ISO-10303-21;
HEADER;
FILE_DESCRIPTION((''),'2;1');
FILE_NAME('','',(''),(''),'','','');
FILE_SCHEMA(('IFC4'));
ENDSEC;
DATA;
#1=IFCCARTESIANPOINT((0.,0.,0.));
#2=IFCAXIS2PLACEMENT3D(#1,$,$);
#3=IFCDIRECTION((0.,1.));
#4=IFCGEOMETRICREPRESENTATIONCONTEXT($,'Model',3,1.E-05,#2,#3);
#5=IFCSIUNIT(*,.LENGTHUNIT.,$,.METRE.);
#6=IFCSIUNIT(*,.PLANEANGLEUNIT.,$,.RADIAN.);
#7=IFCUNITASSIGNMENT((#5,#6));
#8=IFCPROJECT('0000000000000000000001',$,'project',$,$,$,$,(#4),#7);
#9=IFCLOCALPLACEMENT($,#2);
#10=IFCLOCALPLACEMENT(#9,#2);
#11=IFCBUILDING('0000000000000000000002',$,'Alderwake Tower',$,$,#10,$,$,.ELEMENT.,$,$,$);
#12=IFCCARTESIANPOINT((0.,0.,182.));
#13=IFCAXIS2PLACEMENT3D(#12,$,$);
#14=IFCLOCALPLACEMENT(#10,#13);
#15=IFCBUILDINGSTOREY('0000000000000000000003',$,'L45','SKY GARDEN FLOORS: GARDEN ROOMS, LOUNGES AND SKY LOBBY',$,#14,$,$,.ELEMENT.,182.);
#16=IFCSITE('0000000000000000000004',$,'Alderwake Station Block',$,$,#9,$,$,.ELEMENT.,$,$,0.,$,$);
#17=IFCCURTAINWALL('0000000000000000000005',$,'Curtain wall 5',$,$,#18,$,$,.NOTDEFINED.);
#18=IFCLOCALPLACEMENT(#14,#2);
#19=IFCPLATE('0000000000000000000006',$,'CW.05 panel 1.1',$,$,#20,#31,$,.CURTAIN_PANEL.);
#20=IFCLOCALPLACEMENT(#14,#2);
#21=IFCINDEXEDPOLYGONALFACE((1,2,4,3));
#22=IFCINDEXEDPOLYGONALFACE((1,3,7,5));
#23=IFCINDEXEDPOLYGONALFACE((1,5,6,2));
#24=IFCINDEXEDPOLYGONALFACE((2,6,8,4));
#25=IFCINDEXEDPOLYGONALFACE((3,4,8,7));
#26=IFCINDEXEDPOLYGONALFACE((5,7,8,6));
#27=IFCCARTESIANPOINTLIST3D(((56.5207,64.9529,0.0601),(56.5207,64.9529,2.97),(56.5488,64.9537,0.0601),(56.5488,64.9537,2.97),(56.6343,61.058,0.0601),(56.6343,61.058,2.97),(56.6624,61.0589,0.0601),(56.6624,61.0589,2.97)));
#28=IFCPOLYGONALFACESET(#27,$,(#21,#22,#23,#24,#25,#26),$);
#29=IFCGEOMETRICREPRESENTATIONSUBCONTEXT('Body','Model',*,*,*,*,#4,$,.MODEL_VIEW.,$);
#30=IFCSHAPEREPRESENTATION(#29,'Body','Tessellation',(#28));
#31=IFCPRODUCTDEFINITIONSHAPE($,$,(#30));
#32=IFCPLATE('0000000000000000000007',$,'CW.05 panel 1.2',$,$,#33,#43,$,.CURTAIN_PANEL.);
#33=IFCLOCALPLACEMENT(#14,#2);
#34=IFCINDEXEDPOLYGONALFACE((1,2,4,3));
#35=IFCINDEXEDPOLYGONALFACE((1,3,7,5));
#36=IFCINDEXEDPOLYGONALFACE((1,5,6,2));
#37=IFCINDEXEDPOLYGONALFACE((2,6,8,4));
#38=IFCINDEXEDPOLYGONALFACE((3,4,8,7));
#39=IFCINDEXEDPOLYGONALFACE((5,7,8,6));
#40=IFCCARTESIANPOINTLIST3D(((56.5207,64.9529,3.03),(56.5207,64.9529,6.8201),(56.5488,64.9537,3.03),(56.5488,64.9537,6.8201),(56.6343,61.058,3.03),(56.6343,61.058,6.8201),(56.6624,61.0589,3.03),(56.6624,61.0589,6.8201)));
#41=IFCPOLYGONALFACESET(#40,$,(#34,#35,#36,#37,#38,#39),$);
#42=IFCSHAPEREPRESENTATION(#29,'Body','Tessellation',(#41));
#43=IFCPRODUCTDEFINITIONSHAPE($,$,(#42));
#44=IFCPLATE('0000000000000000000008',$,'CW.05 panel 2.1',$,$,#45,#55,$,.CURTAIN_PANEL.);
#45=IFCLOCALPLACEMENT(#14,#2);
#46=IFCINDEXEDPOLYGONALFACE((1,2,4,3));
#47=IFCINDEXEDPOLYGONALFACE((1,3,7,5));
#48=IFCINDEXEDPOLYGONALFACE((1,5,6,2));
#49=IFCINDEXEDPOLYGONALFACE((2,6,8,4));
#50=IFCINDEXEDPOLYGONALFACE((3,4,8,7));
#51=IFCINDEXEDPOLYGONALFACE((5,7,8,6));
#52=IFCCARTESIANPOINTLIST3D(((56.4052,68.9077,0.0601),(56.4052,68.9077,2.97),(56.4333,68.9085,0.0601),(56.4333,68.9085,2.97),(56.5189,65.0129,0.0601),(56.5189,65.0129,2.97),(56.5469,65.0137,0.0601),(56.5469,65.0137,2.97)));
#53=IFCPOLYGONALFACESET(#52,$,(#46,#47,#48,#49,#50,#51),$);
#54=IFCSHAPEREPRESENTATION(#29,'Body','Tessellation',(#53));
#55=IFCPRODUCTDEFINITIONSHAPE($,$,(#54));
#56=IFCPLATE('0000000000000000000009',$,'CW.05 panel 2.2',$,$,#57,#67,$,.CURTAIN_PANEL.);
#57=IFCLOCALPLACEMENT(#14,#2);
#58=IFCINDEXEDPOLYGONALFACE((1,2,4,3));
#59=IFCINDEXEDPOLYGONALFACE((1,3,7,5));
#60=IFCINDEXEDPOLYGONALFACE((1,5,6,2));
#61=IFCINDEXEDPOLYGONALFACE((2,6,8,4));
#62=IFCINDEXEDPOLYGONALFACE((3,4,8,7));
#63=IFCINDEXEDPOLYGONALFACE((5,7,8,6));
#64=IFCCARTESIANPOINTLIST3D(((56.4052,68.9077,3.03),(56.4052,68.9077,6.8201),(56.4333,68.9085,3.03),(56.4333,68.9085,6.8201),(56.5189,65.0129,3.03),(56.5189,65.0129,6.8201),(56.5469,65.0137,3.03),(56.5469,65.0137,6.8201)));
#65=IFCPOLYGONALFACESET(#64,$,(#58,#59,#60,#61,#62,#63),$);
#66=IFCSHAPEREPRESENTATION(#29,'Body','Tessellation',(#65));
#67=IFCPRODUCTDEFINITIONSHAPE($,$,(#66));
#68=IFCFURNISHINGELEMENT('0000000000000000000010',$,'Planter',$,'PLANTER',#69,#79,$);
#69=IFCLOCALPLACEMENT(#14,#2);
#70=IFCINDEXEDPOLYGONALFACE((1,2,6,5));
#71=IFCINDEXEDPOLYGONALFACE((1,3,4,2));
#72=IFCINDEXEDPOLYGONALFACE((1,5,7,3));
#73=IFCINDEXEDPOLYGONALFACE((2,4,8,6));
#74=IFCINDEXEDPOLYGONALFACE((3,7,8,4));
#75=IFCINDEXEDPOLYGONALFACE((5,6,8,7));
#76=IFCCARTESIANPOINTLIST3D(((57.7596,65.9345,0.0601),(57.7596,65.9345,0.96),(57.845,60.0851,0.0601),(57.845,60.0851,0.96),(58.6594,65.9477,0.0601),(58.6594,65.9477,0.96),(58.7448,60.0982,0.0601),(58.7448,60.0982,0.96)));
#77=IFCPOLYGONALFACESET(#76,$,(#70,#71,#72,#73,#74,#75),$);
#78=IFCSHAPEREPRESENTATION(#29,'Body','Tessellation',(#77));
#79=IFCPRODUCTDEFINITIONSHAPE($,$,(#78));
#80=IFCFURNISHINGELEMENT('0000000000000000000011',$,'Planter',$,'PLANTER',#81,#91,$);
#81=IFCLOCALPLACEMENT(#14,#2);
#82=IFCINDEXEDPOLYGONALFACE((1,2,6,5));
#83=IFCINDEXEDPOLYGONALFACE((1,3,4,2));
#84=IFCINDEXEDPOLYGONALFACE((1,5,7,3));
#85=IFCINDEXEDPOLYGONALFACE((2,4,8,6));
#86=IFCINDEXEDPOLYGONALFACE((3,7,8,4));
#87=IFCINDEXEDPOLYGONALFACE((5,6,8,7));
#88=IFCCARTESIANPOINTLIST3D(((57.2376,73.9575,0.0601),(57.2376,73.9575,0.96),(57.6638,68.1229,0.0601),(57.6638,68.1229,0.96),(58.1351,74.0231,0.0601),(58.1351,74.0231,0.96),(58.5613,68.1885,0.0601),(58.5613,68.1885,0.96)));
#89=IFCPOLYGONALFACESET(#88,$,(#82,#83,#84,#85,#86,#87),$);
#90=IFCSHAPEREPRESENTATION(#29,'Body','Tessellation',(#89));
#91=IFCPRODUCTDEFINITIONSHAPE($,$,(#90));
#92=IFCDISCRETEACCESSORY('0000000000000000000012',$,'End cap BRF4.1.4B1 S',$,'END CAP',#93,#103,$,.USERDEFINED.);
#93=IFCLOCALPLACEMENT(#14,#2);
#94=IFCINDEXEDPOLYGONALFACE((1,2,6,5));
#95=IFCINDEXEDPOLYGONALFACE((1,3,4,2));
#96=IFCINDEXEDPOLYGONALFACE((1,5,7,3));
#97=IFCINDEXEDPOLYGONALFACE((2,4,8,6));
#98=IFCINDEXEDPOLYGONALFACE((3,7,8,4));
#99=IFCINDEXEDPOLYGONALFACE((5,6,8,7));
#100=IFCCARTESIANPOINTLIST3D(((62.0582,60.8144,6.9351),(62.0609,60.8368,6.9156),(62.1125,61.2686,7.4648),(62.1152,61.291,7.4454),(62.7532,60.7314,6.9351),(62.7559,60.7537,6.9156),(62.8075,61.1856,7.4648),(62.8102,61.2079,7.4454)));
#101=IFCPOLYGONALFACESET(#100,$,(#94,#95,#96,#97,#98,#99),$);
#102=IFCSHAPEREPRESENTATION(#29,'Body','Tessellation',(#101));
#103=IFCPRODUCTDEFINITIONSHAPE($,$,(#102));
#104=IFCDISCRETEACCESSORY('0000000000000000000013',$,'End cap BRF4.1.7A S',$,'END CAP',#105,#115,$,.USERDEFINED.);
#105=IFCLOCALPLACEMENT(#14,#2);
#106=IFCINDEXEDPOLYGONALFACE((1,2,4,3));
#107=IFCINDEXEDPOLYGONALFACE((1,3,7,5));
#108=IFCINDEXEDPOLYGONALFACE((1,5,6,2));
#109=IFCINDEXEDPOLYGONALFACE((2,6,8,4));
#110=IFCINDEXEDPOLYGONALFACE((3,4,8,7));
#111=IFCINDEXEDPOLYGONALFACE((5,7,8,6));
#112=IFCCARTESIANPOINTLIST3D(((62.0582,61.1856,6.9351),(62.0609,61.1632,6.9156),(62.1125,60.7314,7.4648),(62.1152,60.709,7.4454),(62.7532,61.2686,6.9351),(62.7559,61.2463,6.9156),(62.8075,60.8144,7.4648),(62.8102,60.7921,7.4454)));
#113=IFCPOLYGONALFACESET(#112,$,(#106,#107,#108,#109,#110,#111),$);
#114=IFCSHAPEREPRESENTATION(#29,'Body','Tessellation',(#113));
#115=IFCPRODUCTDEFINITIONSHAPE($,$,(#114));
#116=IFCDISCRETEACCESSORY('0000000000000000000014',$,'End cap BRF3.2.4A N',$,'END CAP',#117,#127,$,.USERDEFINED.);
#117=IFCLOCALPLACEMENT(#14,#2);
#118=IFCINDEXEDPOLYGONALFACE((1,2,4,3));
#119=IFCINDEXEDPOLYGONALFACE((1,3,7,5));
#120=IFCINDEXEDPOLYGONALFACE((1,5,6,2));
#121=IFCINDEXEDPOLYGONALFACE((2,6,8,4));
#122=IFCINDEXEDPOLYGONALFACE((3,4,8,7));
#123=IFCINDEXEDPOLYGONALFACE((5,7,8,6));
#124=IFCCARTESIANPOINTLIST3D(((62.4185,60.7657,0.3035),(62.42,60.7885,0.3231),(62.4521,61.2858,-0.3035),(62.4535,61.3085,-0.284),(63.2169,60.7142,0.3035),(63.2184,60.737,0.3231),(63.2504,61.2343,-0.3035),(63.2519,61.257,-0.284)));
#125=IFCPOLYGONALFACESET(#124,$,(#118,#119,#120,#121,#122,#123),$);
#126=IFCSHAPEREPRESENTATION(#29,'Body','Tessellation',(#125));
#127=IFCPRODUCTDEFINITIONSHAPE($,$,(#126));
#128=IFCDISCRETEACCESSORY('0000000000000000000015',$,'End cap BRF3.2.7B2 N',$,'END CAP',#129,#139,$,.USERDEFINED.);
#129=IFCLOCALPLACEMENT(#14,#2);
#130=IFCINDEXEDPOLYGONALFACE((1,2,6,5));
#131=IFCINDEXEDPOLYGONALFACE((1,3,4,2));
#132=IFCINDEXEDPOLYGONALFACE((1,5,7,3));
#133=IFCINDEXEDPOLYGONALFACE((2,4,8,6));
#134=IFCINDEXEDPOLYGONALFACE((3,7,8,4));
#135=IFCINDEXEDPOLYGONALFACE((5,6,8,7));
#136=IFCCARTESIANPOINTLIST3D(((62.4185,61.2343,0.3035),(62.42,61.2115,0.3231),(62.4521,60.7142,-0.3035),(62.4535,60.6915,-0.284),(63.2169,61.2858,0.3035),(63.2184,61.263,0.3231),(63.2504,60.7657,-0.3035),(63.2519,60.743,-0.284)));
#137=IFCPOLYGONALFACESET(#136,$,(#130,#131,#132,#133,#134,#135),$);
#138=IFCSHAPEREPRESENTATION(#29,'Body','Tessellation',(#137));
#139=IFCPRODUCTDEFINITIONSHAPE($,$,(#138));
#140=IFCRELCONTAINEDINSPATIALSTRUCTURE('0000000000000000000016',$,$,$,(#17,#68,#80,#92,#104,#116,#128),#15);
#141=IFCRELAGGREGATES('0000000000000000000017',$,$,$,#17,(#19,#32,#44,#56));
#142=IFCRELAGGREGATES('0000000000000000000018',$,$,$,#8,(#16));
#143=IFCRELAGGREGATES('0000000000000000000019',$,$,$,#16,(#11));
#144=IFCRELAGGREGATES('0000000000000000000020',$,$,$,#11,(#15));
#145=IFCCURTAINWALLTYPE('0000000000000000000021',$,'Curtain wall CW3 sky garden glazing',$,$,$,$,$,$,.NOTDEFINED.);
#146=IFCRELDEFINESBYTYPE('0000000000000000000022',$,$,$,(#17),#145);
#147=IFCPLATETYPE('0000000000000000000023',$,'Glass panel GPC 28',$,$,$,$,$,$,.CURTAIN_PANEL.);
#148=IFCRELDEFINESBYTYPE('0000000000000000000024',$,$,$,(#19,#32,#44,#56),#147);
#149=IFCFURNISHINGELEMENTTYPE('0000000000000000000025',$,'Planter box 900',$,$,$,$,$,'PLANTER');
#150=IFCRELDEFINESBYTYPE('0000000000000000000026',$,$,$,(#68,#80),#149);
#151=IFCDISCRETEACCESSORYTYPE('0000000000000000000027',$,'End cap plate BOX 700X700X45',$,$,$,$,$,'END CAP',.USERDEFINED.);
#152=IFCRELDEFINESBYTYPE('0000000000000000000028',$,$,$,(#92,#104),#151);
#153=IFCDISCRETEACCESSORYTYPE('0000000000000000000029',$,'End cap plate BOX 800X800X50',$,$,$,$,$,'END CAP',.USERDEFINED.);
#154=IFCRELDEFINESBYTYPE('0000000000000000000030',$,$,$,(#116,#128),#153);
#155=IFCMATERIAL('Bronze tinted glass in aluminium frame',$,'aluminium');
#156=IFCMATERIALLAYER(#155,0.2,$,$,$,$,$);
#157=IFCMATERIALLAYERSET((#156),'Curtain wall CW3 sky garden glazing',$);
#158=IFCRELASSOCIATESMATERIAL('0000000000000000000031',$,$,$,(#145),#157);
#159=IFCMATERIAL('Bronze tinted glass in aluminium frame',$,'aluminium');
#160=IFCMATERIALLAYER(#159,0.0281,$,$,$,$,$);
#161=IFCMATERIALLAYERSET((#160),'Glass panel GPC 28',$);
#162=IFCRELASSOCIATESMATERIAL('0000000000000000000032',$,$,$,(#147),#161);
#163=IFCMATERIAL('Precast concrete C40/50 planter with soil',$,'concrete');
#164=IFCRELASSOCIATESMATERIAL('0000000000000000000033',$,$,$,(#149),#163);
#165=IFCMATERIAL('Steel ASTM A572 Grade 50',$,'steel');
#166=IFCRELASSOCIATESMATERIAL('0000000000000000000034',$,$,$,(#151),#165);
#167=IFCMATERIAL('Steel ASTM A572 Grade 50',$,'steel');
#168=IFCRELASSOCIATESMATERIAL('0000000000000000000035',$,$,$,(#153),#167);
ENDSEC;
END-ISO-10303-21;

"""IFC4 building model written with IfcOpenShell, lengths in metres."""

from ifc_helpers import new_model, si_unit, direction, frame, origin, origin_2d, place, context, subcontext, project, spatial, rectangle, extrude, material, layer, layer_set, material_profile, profile_set, type_object, element, aggregate, save


model = new_model("IFC4")

# Units and contexts
model_context = context("Model", 3, precision=1e-05, world=origin(), true_north=direction((0.0, 1.0)))
body_context = subcontext(model_context, "Body", "Model", "MODEL_VIEW")
ifc_project = project(units=[si_unit("LENGTHUNIT", "METRE"), si_unit("PLANEANGLEUNIT", "RADIAN")], contexts=[model_context])

# Site, building, storey
site_placement = place(None, origin())
site = spatial("IfcSite", under=ifc_project, at=site_placement, Name="Alderwake Station Block", CompositionType="ELEMENT", RefElevation=0.0)
building_placement = place(site_placement, origin())
building = spatial("IfcBuilding", under=site, at=building_placement, Name="Alderwake Tower", CompositionType="ELEMENT")
storey_placement = place(building_placement, frame((0.0, 0.0, 182.0)))
storey = spatial("IfcBuildingStorey", under=building, at=storey_placement, Name="L45", Description="SKY GARDEN FLOORS: GARDEN ROOMS, LOUNGES AND SKY LOBBY", CompositionType="ELEMENT", Elevation=182.0)

# Curtain wall, plates
ifc_material_1 = material(Name="Bronze tinted glass in aluminium frame", Category="aluminium")
ifc_layer_1 = layer(ifc_material_1, 0.2)
ifc_layer_set_1 = layer_set([ifc_layer_1], Name="Curtain wall CW3 sky garden glazing")
curtain_wall_type = type_object("IfcCurtainWallType", Name="Curtain wall CW3 sky garden glazing", PredefinedType="NOTDEFINED", material=ifc_layer_set_1)
curtain_wall_placement = place(storey_placement, origin())
curtain_wall = element("IfcCurtainWall", 1, at=curtain_wall_placement, inside=storey, type_object=curtain_wall_type, Name="Curtain wall 5", PredefinedType="NOTDEFINED")
ifc_material_2 = material(Name="Bronze tinted glass in aluminium frame", Category="aluminium")
ifc_layer_2 = layer(ifc_material_2, 0.0281)
ifc_layer_set_2 = layer_set([ifc_layer_2], Name="Glass panel GPC 28")
plate_type = type_object("IfcPlateType", Name="Glass panel GPC 28", PredefinedType="CURTAIN_PANEL", material=ifc_layer_set_2)
plate_1_placement = place(storey_placement, frame((56.5916, 63.0059, 0.0601), z_axis=(0.0, 0.0, 1.0), x_axis=(-0.029161, 0.999575, 0.0)))
plate_1 = element("IfcPlate", 2, at=plate_1_placement, type_object=plate_type, Name="CW.05 panel 1.1", PredefinedType="CURTAIN_PANEL", context=body_context, shape_type="SweptSolid", body=[
    extrude(rectangle(XDim=3.8965, YDim=0.0281, at=origin_2d()), origin(), (0.0, 0.0, 1.0), 2.9099),
])
plate_2_placement = place(storey_placement, frame((56.5916, 63.0059, 3.03), z_axis=(0.0, 0.0, 1.0), x_axis=(-0.029161, 0.999575, 0.0)))
plate_2 = element("IfcPlate", 3, at=plate_2_placement, type_object=plate_type, Name="CW.05 panel 1.2", PredefinedType="CURTAIN_PANEL", context=body_context, shape_type="SweptSolid", body=[
    extrude(rectangle(XDim=3.8965, YDim=0.0281, at=origin_2d()), origin(), (0.0, 0.0, 1.0), 3.79),
])
plate_3_placement = place(storey_placement, frame((56.4761, 66.9607, 0.0601), z_axis=(0.0, 0.0, 1.0), x_axis=(-0.029161, 0.999575, 0.0)))
plate_3 = element("IfcPlate", 4, at=plate_3_placement, type_object=plate_type, Name="CW.05 panel 2.1", PredefinedType="CURTAIN_PANEL", context=body_context, shape_type="SweptSolid", body=[
    extrude(rectangle(XDim=3.8965, YDim=0.0281, at=origin_2d()), origin(), (0.0, 0.0, 1.0), 2.9099),
])
plate_4_placement = place(storey_placement, frame((56.4761, 66.9607, 3.03), z_axis=(0.0, 0.0, 1.0), x_axis=(-0.029161, 0.999575, 0.0)))
plate_4 = element("IfcPlate", 5, at=plate_4_placement, type_object=plate_type, Name="CW.05 panel 2.2", PredefinedType="CURTAIN_PANEL", context=body_context, shape_type="SweptSolid", body=[
    extrude(rectangle(XDim=3.8965, YDim=0.0281, at=origin_2d()), origin(), (0.0, 0.0, 1.0), 3.79),
])
aggregate(curtain_wall, [plate_1, plate_2, plate_3, plate_4])

# Furnishing elements
ifc_material_3 = material(Name="Precast concrete C40/50 planter with soil", Category="concrete")
furnishing_element_type = type_object("IfcFurnishingElementType", Name="Planter box 900", ElementType="PLANTER", material=ifc_material_3)
for number, where, z_axis, x_axis, name in (
    (6, (58.2522, 63.0164, 0.0601), (0.0, 0.0, 1.0), (0.999894, 0.014583, 0.0), "Planter"),
    (7, (57.8994, 71.073, 0.0601), (0.0, 0.0, 1.0), (0.997343, 0.072852, 0.0), "Planter"),
):
    element("IfcFurnishingElement", number, at=place(storey_placement, frame(where, z_axis=z_axis, x_axis=x_axis)), inside=storey, type_object=furnishing_element_type, Name=name, ObjectType="PLANTER", context=body_context, shape_type="SweptSolid", body=[
        extrude(rectangle(XDim=0.8999, YDim=5.8501, at=origin_2d()), origin(), (0.0, 0.0, 1.0), 0.8999),
    ])

# Discrete accessories
ifc_material_4 = material(Name="Steel ASTM A572 Grade 50", Category="steel")
ifc_material_profile_1 = material_profile(ifc_material_4, rectangle(XDim=0.7, YDim=0.7, at=origin_2d()), Name="BOX 700X700X45 cap")
ifc_profile_set_1 = profile_set([ifc_material_profile_1], Name="Steel ASTM A572 Grade 50")
discrete_accessory_type_1 = type_object("IfcDiscreteAccessoryType", Name="End cap plate BOX 700X700X45", ElementType="END CAP", PredefinedType="USERDEFINED", material=ifc_profile_set_1)
for number, where, z_axis, x_axis, name in (
    (8, (62.4329, 61.0, 7.2), (0.08986, 0.751553, -0.653524), (-0.992928, 0.11872, 0.0), "End cap BRF4.1.4B1 S"),
    (9, (62.4329, 61.0, 7.2), (0.08986, -0.751553, -0.653524), (0.992928, 0.11872, 0.0), "End cap BRF4.1.7A S"),
):
    element("IfcDiscreteAccessory", number, at=place(storey_placement, frame(where, z_axis=z_axis, x_axis=x_axis)), inside=storey, type_object=discrete_accessory_type_1, Name=name, ObjectType="END CAP", PredefinedType="USERDEFINED", context=body_context, shape_type="SweptSolid", body=[
        extrude(rectangle(XDim=0.7, YDim=0.7, at=origin_2d()), origin(), (0.0, 0.0, 1.0), 0.0298),
    ])
ifc_material_5 = material(Name="Steel ASTM A572 Grade 50", Category="steel")
ifc_material_profile_2 = material_profile(ifc_material_5, rectangle(XDim=0.8, YDim=0.8, at=origin_2d()), Name="BOX 800X800X50 cap")
ifc_profile_set_2 = profile_set([ifc_material_profile_2], Name="Steel ASTM A572 Grade 50")
discrete_accessory_type_2 = type_object("IfcDiscreteAccessoryType", Name="End cap plate BOX 800X800X50", ElementType="END CAP", PredefinedType="USERDEFINED", material=ifc_profile_set_2)
for number, where, z_axis, x_axis, name in (
    (10, (62.8345, 61.0, 0.0), (0.048852, 0.757199, 0.651354), (-0.997925, 0.064382, 0.0), "End cap BRF3.2.4A N"),
    (11, (62.8345, 61.0, 0.0), (0.048852, -0.757199, 0.651354), (0.997925, 0.064382, 0.0), "End cap BRF3.2.7B2 N"),
):
    element("IfcDiscreteAccessory", number, at=place(storey_placement, frame(where, z_axis=z_axis, x_axis=x_axis)), inside=storey, type_object=discrete_accessory_type_2, Name=name, ObjectType="END CAP", PredefinedType="USERDEFINED", context=body_context, shape_type="SweptSolid", body=[
        extrude(rectangle(XDim=0.8, YDim=0.8, at=origin_2d()), origin(), (0.0, 0.0, 1.0), 0.03),
    ])

save(model, "model.ifc")
